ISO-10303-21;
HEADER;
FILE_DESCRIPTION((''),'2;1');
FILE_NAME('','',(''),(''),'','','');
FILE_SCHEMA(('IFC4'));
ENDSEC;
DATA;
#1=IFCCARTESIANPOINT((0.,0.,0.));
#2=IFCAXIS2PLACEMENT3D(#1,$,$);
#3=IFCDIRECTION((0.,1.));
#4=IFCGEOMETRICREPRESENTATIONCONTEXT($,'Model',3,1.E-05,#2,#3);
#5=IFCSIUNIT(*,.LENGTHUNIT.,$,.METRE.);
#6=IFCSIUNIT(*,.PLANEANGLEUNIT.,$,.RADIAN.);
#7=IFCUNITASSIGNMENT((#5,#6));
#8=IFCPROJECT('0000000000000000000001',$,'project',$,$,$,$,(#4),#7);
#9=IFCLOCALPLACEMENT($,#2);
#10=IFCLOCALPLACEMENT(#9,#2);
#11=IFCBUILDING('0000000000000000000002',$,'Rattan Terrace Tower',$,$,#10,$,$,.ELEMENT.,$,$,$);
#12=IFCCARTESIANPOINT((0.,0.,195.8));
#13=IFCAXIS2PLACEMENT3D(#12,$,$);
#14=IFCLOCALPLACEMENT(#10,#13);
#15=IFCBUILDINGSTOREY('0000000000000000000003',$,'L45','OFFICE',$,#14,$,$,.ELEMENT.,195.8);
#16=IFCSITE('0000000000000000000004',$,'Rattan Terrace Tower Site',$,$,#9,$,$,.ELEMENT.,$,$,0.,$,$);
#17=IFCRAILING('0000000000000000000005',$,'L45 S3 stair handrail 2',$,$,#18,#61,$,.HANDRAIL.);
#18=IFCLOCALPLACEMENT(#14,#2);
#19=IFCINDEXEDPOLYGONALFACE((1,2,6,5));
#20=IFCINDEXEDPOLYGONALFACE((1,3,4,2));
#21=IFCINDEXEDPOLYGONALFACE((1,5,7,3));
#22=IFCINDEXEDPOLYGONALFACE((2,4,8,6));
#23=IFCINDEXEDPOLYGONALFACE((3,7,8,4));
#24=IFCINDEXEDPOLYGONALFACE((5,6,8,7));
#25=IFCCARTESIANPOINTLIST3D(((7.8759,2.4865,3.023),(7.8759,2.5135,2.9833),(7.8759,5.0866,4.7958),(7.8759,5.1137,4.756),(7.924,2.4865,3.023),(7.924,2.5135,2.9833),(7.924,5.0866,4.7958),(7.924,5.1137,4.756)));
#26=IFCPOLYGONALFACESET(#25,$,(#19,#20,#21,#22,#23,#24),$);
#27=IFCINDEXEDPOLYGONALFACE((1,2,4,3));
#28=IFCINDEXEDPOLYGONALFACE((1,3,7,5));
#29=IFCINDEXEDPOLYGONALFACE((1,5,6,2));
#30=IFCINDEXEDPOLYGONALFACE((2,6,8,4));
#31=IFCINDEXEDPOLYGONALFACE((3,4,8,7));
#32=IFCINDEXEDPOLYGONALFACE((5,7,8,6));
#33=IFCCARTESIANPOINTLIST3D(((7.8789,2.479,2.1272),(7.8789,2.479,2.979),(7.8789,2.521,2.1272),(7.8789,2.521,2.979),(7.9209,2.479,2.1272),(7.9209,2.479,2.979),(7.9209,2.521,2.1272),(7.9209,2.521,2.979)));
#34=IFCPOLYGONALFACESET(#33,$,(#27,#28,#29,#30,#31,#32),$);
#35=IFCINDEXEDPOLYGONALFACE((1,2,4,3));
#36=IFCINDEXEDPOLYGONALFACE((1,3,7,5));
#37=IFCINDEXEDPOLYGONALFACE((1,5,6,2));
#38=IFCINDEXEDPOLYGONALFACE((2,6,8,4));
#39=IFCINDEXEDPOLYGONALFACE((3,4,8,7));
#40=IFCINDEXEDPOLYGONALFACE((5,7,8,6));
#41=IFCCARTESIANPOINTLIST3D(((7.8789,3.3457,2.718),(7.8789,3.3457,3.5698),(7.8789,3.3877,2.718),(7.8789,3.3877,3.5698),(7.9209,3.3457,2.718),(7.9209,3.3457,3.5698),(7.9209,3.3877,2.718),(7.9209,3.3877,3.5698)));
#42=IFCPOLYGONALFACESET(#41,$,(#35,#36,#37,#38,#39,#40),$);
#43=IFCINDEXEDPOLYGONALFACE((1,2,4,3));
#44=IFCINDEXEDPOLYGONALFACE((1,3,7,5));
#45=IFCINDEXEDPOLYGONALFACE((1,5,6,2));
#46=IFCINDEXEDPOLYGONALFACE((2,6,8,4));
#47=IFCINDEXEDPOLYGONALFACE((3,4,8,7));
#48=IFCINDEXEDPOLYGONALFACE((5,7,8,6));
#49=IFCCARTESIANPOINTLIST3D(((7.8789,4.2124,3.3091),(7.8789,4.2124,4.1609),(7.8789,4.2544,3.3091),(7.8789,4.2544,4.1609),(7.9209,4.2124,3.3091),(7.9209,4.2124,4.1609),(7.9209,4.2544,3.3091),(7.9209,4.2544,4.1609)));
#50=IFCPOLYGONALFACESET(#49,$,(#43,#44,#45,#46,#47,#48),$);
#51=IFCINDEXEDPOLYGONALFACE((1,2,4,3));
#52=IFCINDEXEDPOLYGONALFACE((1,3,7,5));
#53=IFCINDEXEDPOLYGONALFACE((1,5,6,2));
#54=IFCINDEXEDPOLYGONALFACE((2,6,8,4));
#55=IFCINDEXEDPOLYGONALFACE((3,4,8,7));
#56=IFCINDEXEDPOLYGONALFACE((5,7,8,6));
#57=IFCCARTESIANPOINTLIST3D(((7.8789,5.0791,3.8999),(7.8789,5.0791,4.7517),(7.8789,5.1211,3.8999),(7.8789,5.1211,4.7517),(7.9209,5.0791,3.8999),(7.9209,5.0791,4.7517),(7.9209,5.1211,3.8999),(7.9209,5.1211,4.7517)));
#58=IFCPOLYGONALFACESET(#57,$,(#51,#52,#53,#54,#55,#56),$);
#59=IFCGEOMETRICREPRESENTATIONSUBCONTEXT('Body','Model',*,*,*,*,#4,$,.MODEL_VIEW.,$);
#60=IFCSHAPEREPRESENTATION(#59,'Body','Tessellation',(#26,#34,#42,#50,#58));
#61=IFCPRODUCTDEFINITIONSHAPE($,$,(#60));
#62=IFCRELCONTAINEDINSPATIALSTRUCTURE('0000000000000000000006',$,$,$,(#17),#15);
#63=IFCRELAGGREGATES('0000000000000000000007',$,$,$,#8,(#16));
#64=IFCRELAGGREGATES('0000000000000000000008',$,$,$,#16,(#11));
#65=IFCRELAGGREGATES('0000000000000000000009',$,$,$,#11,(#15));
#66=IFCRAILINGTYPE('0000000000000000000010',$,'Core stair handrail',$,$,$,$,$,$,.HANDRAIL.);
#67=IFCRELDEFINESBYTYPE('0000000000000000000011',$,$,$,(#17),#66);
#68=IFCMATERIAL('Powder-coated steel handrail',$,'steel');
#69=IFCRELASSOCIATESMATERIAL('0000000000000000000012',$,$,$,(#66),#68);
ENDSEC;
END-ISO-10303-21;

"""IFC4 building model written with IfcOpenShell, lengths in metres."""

from ifc_helpers import new_model, si_unit, direction, frame, origin, origin_2d, place, context, subcontext, project, spatial, rectangle, extrude, material, type_object, element, save


model = new_model("IFC4")

# Units and contexts
model_context = context("Model", 3, precision=1e-05, world=origin(), true_north=direction((0.0, 1.0)))
body_context = subcontext(model_context, "Body", "Model", "MODEL_VIEW")
ifc_project = project(units=[si_unit("LENGTHUNIT", "METRE"), si_unit("PLANEANGLEUNIT", "RADIAN")], contexts=[model_context])

# Site, building, storey
site_placement = place(None, origin())
site = spatial("IfcSite", under=ifc_project, at=site_placement, Name="Rattan Terrace Tower Site", CompositionType="ELEMENT", RefElevation=0.0)
building_placement = place(site_placement, origin())
building = spatial("IfcBuilding", under=site, at=building_placement, Name="Rattan Terrace Tower", CompositionType="ELEMENT")
storey_placement = place(building_placement, frame((0.0, 0.0, 195.8)))
storey = spatial("IfcBuildingStorey", under=building, at=storey_placement, Name="L45", Description="OFFICE", CompositionType="ELEMENT", Elevation=195.8)

# Railing
ifc_material_1 = material(Name="Powder-coated steel handrail", Category="steel")
railing_type_1 = type_object("IfcRailingType", Name="Core stair handrail", PredefinedType="HANDRAIL", material=ifc_material_1)
railing_1_placement = place(storey_placement, frame((7.8999, 2.5, 2.1272)))
element("IfcRailing", 1, at=railing_1_placement, inside=storey, type_object=railing_type_1, Name="L45 S3 stair handrail 2", PredefinedType="HANDRAIL", context=body_context, shape_type="SweptSolid", body=[
    extrude(rectangle(XDim=0.0481, YDim=0.0481, at=origin_2d()), frame((0.0, 0.0, 0.876), z_axis=(0.0, 0.82624, 0.563318), x_axis=(-1.0, 0.0, 0.0)), (0.0, 0.0, 1.0), 3.147),
    extrude(rectangle(XDim=0.042, YDim=0.042, at=origin_2d()), origin(), (0.0, 0.0, 1.0), 0.8518),
    extrude(rectangle(XDim=0.042, YDim=0.042, at=origin_2d()), frame((0.0, 0.8667, 0.5908)), (0.0, 0.0, 1.0), 0.8518),
    extrude(rectangle(XDim=0.042, YDim=0.042, at=origin_2d()), frame((0.0, 1.7334, 1.1819)), (0.0, 0.0, 1.0), 0.8518),
    extrude(rectangle(XDim=0.042, YDim=0.042, at=origin_2d()), frame((0.0, 2.6001, 1.7727)), (0.0, 0.0, 1.0), 0.8518),
])

save(model, "model.ifc")
